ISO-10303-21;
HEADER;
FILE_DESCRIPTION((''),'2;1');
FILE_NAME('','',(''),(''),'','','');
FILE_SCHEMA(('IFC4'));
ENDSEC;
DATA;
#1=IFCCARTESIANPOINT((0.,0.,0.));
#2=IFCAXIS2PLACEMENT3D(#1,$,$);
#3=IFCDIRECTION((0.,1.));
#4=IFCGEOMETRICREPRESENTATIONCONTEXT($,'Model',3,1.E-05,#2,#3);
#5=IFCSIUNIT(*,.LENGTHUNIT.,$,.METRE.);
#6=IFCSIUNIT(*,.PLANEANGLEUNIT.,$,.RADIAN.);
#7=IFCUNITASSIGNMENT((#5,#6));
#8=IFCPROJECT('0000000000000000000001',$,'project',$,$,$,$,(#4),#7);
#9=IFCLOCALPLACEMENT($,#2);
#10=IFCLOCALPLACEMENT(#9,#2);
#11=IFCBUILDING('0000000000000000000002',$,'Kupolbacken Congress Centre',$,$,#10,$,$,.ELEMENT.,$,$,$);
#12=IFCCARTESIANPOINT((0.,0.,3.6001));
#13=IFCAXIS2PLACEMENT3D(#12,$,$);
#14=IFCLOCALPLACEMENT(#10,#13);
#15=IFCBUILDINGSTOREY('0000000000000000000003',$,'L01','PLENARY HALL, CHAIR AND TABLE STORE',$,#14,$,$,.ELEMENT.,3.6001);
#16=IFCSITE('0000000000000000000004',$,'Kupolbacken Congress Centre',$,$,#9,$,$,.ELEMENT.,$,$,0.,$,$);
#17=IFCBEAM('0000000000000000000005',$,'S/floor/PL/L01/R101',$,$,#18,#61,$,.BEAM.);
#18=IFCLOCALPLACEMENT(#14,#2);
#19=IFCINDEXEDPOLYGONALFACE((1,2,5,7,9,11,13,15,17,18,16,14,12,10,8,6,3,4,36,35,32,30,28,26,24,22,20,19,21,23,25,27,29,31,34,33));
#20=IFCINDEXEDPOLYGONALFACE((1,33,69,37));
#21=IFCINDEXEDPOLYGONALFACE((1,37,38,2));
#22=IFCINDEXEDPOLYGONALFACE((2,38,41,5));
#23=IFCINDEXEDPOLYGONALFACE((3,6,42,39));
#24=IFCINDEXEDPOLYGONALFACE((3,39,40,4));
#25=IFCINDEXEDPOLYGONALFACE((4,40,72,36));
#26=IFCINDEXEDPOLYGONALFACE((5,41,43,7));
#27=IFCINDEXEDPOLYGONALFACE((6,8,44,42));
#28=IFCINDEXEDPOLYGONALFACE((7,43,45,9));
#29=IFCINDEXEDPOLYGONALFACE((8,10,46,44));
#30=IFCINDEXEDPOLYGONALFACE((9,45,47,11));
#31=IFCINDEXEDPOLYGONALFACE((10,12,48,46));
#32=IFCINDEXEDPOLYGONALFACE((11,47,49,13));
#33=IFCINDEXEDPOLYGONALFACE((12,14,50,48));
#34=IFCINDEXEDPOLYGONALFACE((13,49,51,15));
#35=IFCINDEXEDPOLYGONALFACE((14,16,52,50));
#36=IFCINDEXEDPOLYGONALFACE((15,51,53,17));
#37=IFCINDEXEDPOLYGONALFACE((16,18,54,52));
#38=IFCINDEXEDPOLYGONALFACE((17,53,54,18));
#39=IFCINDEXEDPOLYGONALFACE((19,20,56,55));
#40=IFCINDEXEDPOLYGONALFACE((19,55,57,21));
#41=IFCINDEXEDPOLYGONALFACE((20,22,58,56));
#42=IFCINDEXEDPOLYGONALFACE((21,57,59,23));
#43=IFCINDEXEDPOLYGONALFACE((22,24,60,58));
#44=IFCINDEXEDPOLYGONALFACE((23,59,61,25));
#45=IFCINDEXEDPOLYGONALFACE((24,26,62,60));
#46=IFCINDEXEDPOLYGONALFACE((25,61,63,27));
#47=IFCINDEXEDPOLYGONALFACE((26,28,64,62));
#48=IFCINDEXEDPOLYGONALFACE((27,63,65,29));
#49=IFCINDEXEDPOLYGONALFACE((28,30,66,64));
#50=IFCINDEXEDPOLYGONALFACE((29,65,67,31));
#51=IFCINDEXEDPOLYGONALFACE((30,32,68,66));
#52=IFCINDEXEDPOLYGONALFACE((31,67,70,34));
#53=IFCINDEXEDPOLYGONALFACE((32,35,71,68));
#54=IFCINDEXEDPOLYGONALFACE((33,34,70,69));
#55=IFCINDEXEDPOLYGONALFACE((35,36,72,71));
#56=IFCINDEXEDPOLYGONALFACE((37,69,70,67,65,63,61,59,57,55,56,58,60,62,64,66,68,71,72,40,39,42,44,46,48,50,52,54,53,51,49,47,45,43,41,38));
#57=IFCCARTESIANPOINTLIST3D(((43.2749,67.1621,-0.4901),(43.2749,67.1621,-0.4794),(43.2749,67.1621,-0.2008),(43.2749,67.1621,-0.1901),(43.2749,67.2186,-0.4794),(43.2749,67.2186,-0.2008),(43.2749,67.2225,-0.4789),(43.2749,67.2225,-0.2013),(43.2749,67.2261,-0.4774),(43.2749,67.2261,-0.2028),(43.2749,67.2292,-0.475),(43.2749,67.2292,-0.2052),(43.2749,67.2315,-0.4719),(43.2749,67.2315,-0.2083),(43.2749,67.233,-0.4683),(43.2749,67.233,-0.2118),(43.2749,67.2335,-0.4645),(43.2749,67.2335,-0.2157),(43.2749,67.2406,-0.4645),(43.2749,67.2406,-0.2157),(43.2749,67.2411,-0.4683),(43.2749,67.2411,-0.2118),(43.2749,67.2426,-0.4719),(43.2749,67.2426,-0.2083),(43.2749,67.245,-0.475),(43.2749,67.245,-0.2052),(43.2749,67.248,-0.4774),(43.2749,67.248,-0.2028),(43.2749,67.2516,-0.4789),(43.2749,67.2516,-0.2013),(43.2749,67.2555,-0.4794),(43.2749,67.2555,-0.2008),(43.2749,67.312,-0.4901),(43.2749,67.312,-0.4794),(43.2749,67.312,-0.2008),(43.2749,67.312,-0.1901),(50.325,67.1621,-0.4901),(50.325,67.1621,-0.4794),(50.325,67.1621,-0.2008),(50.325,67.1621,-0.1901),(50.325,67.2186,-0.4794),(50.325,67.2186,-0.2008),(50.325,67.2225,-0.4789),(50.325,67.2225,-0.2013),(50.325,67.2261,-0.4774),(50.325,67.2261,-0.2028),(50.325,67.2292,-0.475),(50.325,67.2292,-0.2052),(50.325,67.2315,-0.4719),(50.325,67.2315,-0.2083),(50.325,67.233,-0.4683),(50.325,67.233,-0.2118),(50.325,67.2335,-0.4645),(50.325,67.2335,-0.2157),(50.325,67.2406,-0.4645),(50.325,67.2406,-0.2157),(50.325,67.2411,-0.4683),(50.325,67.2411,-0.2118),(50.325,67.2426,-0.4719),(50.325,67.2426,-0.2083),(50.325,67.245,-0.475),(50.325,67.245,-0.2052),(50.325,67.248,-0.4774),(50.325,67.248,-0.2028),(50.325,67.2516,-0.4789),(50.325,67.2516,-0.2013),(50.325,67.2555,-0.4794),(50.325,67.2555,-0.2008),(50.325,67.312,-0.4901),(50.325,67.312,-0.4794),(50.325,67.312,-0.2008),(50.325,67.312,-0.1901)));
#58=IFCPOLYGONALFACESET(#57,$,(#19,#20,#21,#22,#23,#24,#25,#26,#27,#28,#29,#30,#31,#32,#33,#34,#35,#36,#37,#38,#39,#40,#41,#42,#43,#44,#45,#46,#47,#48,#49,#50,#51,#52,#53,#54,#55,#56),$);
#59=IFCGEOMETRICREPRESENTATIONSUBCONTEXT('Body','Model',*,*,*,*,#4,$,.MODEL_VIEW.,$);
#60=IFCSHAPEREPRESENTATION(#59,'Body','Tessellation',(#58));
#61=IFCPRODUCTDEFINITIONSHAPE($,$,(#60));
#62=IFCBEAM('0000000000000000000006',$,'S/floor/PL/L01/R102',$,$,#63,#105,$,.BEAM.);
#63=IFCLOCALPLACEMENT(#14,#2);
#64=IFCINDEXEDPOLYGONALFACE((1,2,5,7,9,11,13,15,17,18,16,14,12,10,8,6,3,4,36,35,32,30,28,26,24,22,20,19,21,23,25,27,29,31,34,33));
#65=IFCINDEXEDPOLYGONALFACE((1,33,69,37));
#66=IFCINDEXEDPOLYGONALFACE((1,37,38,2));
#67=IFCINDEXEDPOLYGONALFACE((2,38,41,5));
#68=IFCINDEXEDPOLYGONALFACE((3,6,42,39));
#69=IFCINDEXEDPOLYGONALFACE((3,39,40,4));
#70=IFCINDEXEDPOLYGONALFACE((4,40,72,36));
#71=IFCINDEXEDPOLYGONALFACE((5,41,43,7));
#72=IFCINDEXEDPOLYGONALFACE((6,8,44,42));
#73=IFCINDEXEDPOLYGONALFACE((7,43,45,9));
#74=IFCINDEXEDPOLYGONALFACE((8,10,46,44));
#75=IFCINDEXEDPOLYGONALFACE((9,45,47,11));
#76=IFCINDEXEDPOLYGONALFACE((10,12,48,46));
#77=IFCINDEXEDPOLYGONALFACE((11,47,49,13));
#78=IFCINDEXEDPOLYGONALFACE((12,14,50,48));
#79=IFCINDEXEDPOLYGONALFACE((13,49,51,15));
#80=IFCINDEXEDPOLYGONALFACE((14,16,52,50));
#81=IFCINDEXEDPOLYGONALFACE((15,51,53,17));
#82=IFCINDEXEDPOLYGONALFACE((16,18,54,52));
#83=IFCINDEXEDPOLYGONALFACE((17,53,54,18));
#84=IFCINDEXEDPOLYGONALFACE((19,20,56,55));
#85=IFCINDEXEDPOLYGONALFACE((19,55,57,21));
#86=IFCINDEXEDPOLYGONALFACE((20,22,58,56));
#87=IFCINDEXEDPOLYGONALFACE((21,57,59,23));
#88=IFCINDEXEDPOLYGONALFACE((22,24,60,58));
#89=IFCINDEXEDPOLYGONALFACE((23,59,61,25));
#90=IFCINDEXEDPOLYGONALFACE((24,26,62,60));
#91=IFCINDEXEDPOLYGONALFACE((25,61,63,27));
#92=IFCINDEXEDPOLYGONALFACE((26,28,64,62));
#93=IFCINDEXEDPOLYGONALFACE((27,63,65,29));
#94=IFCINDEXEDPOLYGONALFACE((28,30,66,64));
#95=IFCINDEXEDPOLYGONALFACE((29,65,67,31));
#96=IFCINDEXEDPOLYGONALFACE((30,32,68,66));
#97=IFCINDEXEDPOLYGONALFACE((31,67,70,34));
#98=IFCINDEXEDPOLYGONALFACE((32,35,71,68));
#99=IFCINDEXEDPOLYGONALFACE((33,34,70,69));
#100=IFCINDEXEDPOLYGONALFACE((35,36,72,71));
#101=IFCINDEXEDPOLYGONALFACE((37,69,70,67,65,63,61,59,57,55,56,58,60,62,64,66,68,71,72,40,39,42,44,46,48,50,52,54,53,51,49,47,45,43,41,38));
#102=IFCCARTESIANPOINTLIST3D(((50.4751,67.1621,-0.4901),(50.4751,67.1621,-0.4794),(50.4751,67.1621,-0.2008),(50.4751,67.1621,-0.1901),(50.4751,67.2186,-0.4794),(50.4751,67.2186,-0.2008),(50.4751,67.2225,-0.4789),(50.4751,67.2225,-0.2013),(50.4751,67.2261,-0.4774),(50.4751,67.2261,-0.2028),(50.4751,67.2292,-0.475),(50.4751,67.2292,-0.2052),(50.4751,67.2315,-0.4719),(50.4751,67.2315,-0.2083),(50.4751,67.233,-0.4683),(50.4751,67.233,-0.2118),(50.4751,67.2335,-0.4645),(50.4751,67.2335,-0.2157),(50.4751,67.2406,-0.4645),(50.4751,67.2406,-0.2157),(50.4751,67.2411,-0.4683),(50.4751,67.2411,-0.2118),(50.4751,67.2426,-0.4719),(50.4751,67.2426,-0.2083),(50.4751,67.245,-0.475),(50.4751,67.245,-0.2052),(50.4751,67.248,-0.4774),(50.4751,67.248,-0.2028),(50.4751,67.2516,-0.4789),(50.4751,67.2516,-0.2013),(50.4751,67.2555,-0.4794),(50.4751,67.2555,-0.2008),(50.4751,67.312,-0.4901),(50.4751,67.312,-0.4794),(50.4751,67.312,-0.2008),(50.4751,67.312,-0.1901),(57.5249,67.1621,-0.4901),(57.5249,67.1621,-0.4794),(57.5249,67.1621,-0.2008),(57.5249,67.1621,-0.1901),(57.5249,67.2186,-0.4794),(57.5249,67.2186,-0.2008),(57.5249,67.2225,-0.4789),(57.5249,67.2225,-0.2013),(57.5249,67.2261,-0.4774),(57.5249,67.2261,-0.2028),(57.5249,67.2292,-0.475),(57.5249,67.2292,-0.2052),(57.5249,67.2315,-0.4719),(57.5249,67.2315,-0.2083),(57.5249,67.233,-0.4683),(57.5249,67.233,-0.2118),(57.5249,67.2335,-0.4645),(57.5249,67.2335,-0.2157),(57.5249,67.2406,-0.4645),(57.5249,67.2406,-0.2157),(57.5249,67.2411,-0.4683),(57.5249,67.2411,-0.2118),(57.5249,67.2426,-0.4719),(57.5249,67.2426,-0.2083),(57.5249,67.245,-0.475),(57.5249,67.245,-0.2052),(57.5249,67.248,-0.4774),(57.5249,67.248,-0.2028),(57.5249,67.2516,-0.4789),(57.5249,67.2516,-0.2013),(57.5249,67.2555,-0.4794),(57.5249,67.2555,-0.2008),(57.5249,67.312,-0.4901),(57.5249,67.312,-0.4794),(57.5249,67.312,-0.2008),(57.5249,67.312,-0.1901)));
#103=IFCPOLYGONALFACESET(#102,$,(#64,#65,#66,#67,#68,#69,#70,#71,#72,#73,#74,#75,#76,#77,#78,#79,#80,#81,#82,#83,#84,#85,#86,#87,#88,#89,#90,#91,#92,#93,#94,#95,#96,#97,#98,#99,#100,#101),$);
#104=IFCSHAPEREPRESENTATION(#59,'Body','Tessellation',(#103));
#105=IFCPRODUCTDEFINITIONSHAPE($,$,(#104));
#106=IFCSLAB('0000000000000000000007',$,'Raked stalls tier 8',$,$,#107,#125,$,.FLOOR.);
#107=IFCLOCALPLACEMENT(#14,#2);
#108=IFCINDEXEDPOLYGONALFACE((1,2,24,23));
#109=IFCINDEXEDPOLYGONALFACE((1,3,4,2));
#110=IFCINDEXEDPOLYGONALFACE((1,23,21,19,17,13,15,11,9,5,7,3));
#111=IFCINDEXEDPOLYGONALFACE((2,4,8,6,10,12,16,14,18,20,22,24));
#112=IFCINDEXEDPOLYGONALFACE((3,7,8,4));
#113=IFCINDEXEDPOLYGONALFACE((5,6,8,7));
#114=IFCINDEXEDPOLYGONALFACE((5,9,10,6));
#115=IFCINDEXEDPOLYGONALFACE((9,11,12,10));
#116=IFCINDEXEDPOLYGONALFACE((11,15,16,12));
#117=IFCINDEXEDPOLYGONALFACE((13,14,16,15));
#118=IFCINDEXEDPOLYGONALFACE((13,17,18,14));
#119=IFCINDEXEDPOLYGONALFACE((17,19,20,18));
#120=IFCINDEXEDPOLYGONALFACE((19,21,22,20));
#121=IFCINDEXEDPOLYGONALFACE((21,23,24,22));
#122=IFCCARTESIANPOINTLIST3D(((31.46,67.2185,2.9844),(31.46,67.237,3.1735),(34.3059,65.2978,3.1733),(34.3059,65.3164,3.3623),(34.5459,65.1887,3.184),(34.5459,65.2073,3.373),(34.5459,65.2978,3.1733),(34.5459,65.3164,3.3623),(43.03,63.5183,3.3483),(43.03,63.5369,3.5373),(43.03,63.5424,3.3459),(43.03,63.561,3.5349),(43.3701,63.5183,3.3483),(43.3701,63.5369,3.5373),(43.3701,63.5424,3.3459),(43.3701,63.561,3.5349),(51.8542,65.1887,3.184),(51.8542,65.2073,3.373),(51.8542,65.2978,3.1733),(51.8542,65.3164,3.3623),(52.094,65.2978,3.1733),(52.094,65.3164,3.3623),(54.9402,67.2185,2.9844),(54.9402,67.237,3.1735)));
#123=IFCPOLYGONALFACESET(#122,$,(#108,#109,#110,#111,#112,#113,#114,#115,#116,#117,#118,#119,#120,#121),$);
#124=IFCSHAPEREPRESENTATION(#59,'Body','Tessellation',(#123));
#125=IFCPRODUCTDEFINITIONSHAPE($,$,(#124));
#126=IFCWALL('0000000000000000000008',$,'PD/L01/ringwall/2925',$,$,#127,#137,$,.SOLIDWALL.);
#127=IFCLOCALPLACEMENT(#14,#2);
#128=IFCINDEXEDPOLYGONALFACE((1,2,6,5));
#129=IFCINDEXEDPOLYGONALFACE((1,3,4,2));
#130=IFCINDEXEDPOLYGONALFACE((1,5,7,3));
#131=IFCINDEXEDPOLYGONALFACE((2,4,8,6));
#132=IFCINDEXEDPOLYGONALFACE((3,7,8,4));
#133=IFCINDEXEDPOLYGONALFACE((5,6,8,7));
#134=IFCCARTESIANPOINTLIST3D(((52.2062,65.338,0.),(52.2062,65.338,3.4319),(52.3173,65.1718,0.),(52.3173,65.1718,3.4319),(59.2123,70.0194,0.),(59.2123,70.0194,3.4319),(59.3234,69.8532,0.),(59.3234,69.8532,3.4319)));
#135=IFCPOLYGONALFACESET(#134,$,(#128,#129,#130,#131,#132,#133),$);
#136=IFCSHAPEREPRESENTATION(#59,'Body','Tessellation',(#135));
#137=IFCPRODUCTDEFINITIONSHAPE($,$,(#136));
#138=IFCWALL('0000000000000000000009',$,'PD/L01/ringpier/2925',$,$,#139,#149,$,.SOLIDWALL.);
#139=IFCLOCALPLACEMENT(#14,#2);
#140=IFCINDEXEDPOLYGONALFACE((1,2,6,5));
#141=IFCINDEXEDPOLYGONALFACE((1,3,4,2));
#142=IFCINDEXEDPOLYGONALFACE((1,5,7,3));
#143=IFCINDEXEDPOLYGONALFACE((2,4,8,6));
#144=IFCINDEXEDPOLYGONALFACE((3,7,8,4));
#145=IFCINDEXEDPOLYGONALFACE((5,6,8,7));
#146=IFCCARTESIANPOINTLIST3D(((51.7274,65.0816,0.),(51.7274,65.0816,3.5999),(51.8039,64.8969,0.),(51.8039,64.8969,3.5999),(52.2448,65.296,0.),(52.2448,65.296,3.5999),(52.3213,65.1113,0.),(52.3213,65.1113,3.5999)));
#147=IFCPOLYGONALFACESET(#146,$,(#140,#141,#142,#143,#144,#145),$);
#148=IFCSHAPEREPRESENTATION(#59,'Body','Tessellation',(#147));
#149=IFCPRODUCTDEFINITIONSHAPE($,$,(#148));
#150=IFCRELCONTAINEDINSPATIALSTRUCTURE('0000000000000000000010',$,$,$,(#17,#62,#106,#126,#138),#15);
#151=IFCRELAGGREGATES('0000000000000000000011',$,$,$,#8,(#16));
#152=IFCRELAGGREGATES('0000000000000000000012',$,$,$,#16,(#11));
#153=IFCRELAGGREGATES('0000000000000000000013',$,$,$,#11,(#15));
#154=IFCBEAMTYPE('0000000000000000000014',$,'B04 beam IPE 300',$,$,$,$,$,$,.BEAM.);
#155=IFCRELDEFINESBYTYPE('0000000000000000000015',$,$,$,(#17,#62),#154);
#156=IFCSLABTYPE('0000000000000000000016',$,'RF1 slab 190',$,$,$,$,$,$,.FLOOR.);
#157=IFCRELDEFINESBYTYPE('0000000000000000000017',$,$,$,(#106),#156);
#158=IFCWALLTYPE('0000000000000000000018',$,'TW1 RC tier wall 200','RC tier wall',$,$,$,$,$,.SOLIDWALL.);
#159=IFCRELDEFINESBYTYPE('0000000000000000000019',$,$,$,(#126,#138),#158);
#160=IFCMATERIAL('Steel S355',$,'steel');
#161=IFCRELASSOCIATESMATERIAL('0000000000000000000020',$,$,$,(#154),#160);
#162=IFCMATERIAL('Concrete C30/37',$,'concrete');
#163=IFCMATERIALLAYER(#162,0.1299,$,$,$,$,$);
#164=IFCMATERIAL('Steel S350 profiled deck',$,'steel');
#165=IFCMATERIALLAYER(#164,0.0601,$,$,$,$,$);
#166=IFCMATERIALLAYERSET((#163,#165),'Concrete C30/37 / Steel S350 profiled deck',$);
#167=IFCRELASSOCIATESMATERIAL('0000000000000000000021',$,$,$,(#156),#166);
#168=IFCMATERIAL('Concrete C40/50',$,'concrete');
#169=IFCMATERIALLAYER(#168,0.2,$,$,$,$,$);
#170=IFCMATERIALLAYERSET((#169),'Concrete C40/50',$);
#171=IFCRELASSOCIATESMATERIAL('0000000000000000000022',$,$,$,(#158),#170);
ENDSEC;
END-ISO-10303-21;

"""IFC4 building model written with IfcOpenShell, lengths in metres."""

from ifc_helpers import new_model, si_unit, direction, frame, frame_2d, origin, origin_2d, place, context, subcontext, project, spatial, polyline, rectangle, i_section, outline, extrude, material, layer, layer_set, material_profile, profile_set, type_object, element, save


model = new_model("IFC4")

# Units and contexts
model_context = context("Model", 3, precision=1e-05, world=origin(), true_north=direction((0.0, 1.0)))
body_context = subcontext(model_context, "Body", "Model", "MODEL_VIEW")
ifc_project = project(units=[si_unit("LENGTHUNIT", "METRE"), si_unit("PLANEANGLEUNIT", "RADIAN")], contexts=[model_context])

# Site, building, storey
site_placement = place(None, origin())
site = spatial("IfcSite", under=ifc_project, at=site_placement, Name="Kupolbacken Congress Centre", CompositionType="ELEMENT", RefElevation=0.0)
building_placement = place(site_placement, origin())
building = spatial("IfcBuilding", under=site, at=building_placement, Name="Kupolbacken Congress Centre", CompositionType="ELEMENT")
storey_placement = place(building_placement, frame((0.0, 0.0, 3.6001)))
storey = spatial("IfcBuildingStorey", under=building, at=storey_placement, Name="L01", Description="PLENARY HALL, CHAIR AND TABLE STORE", CompositionType="ELEMENT", Elevation=3.6001)

# Beams
ifc_material_1 = material(Name="Steel S355", Category="steel")
ifc_material_profile_1 = material_profile(ifc_material_1, i_section(OverallWidth=0.1499, OverallDepth=0.3, WebThickness=0.0071, FlangeThickness=0.0107, FilletRadius=0.0149, at=origin_2d()), Name="IPE 300")
ifc_profile_set_1 = profile_set([ifc_material_profile_1], Name="Steel S355")
beam_type_1 = type_object("IfcBeamType", Name="B04 beam IPE 300", PredefinedType="BEAM", material=ifc_profile_set_1)
beam_1_placement = place(storey_placement, frame((43.2749, 67.2371, -0.3401), z_axis=(1.0, 0.0, 0.0), x_axis=(0.0, 1.0, 0.0)))
element("IfcBeam", 1, at=beam_1_placement, inside=storey, type_object=beam_type_1, Name="S/floor/PL/L01/R101", PredefinedType="BEAM", context=body_context, shape_type="SweptSolid", body=[
    extrude(i_section(OverallWidth=0.1499, OverallDepth=0.3, WebThickness=0.0071, FlangeThickness=0.0107, FilletRadius=0.0149, at=origin_2d()), origin(), (0.0, 0.0, 1.0), 7.05),
])
beam_2_placement = place(storey_placement, frame((50.4751, 67.2371, -0.3401), z_axis=(1.0, 0.0, 0.0), x_axis=(0.0, 1.0, 0.0)))
element("IfcBeam", 2, at=beam_2_placement, inside=storey, type_object=beam_type_1, Name="S/floor/PL/L01/R102", PredefinedType="BEAM", context=body_context, shape_type="SweptSolid", body=[
    extrude(i_section(OverallWidth=0.1499, OverallDepth=0.3, WebThickness=0.0071, FlangeThickness=0.0107, FilletRadius=0.0149, at=origin_2d()), origin(), (0.0, 0.0, 1.0), 7.0498),
])

# Slab
ifc_material_2 = material(Name="Concrete C30/37", Category="concrete")
ifc_layer_1 = layer(ifc_material_2, 0.1299)
ifc_material_3 = material(Name="Steel S350 profiled deck", Category="steel")
ifc_layer_2 = layer(ifc_material_3, 0.0601)
ifc_layer_set_1 = layer_set([ifc_layer_1, ifc_layer_2], Name="Concrete C30/37 / Steel S350 profiled deck")
slab_type = type_object("IfcSlabType", Name="RF1 slab 190", PredefinedType="FLOOR", material=ifc_layer_set_1)
slab_placement = place(storey_placement, frame((52.094, 65.3164, 3.3623), z_axis=(0.0, 0.097856, 0.995201), x_axis=(-1.0, 0.0, 0.0)))
element("IfcSlab", 3, at=slab_placement, inside=storey, type_object=slab_type, Name="Raked stalls tier 8", PredefinedType="FLOOR", context=body_context, shape_type="SweptSolid", body=[
    extrude(outline(polyline([(0.0, 0.0), (0.2397, 0.0), (0.2397, 0.1097), (8.7239, 1.7881), (8.7239, 1.7638), (9.064, 1.7638), (9.064, 1.7881), (17.5481, 0.1097), (17.5481, 0.0), (17.7881, 0.0), (20.634, -1.9299), (-2.8462, -1.9299), (0.0, 0.0)])), origin(), (0.0, 0.0, -1.0), 0.1899),
])

# Walls
ifc_material_4 = material(Name="Concrete C40/50", Category="concrete")
ifc_layer_3 = layer(ifc_material_4, 0.2)
ifc_layer_set_2 = layer_set([ifc_layer_3], Name="Concrete C40/50")
wall_type = type_object("IfcWallType", Name="TW1 RC tier wall 200", Description="RC tier wall", PredefinedType="SOLIDWALL", material=ifc_layer_set_2)
wall_1_placement = place(storey_placement, frame((52.2617, 65.2549, 0.0), z_axis=(0.0, 0.0, 1.0), x_axis=(0.831466, 0.555576, 0.0)))
element("IfcWall", 4, at=wall_1_placement, inside=storey, type_object=wall_type, Name="PD/L01/ringwall/2925", PredefinedType="SOLIDWALL", context=body_context, shape_type="SweptSolid", body=[
    extrude(rectangle(XDim=8.4263, YDim=0.2, at=frame_2d((4.2131, 0.0))), origin(), (0.0, 0.0, 1.0), 3.4319),
])
wall_2_placement = place(storey_placement, frame((51.7656, 64.9893, 0.0), z_axis=(0.0, 0.0, 1.0), x_axis=(0.923836, 0.382788, 0.0)))
element("IfcWall", 5, at=wall_2_placement, inside=storey, type_object=wall_type, Name="PD/L01/ringpier/2925", PredefinedType="SOLIDWALL", context=body_context, shape_type="SweptSolid", body=[
    extrude(rectangle(XDim=0.5601, YDim=0.2, at=frame_2d((0.28, 0.0))), origin(), (0.0, 0.0, 1.0), 3.5999),
])

save(model, "model.ifc")
